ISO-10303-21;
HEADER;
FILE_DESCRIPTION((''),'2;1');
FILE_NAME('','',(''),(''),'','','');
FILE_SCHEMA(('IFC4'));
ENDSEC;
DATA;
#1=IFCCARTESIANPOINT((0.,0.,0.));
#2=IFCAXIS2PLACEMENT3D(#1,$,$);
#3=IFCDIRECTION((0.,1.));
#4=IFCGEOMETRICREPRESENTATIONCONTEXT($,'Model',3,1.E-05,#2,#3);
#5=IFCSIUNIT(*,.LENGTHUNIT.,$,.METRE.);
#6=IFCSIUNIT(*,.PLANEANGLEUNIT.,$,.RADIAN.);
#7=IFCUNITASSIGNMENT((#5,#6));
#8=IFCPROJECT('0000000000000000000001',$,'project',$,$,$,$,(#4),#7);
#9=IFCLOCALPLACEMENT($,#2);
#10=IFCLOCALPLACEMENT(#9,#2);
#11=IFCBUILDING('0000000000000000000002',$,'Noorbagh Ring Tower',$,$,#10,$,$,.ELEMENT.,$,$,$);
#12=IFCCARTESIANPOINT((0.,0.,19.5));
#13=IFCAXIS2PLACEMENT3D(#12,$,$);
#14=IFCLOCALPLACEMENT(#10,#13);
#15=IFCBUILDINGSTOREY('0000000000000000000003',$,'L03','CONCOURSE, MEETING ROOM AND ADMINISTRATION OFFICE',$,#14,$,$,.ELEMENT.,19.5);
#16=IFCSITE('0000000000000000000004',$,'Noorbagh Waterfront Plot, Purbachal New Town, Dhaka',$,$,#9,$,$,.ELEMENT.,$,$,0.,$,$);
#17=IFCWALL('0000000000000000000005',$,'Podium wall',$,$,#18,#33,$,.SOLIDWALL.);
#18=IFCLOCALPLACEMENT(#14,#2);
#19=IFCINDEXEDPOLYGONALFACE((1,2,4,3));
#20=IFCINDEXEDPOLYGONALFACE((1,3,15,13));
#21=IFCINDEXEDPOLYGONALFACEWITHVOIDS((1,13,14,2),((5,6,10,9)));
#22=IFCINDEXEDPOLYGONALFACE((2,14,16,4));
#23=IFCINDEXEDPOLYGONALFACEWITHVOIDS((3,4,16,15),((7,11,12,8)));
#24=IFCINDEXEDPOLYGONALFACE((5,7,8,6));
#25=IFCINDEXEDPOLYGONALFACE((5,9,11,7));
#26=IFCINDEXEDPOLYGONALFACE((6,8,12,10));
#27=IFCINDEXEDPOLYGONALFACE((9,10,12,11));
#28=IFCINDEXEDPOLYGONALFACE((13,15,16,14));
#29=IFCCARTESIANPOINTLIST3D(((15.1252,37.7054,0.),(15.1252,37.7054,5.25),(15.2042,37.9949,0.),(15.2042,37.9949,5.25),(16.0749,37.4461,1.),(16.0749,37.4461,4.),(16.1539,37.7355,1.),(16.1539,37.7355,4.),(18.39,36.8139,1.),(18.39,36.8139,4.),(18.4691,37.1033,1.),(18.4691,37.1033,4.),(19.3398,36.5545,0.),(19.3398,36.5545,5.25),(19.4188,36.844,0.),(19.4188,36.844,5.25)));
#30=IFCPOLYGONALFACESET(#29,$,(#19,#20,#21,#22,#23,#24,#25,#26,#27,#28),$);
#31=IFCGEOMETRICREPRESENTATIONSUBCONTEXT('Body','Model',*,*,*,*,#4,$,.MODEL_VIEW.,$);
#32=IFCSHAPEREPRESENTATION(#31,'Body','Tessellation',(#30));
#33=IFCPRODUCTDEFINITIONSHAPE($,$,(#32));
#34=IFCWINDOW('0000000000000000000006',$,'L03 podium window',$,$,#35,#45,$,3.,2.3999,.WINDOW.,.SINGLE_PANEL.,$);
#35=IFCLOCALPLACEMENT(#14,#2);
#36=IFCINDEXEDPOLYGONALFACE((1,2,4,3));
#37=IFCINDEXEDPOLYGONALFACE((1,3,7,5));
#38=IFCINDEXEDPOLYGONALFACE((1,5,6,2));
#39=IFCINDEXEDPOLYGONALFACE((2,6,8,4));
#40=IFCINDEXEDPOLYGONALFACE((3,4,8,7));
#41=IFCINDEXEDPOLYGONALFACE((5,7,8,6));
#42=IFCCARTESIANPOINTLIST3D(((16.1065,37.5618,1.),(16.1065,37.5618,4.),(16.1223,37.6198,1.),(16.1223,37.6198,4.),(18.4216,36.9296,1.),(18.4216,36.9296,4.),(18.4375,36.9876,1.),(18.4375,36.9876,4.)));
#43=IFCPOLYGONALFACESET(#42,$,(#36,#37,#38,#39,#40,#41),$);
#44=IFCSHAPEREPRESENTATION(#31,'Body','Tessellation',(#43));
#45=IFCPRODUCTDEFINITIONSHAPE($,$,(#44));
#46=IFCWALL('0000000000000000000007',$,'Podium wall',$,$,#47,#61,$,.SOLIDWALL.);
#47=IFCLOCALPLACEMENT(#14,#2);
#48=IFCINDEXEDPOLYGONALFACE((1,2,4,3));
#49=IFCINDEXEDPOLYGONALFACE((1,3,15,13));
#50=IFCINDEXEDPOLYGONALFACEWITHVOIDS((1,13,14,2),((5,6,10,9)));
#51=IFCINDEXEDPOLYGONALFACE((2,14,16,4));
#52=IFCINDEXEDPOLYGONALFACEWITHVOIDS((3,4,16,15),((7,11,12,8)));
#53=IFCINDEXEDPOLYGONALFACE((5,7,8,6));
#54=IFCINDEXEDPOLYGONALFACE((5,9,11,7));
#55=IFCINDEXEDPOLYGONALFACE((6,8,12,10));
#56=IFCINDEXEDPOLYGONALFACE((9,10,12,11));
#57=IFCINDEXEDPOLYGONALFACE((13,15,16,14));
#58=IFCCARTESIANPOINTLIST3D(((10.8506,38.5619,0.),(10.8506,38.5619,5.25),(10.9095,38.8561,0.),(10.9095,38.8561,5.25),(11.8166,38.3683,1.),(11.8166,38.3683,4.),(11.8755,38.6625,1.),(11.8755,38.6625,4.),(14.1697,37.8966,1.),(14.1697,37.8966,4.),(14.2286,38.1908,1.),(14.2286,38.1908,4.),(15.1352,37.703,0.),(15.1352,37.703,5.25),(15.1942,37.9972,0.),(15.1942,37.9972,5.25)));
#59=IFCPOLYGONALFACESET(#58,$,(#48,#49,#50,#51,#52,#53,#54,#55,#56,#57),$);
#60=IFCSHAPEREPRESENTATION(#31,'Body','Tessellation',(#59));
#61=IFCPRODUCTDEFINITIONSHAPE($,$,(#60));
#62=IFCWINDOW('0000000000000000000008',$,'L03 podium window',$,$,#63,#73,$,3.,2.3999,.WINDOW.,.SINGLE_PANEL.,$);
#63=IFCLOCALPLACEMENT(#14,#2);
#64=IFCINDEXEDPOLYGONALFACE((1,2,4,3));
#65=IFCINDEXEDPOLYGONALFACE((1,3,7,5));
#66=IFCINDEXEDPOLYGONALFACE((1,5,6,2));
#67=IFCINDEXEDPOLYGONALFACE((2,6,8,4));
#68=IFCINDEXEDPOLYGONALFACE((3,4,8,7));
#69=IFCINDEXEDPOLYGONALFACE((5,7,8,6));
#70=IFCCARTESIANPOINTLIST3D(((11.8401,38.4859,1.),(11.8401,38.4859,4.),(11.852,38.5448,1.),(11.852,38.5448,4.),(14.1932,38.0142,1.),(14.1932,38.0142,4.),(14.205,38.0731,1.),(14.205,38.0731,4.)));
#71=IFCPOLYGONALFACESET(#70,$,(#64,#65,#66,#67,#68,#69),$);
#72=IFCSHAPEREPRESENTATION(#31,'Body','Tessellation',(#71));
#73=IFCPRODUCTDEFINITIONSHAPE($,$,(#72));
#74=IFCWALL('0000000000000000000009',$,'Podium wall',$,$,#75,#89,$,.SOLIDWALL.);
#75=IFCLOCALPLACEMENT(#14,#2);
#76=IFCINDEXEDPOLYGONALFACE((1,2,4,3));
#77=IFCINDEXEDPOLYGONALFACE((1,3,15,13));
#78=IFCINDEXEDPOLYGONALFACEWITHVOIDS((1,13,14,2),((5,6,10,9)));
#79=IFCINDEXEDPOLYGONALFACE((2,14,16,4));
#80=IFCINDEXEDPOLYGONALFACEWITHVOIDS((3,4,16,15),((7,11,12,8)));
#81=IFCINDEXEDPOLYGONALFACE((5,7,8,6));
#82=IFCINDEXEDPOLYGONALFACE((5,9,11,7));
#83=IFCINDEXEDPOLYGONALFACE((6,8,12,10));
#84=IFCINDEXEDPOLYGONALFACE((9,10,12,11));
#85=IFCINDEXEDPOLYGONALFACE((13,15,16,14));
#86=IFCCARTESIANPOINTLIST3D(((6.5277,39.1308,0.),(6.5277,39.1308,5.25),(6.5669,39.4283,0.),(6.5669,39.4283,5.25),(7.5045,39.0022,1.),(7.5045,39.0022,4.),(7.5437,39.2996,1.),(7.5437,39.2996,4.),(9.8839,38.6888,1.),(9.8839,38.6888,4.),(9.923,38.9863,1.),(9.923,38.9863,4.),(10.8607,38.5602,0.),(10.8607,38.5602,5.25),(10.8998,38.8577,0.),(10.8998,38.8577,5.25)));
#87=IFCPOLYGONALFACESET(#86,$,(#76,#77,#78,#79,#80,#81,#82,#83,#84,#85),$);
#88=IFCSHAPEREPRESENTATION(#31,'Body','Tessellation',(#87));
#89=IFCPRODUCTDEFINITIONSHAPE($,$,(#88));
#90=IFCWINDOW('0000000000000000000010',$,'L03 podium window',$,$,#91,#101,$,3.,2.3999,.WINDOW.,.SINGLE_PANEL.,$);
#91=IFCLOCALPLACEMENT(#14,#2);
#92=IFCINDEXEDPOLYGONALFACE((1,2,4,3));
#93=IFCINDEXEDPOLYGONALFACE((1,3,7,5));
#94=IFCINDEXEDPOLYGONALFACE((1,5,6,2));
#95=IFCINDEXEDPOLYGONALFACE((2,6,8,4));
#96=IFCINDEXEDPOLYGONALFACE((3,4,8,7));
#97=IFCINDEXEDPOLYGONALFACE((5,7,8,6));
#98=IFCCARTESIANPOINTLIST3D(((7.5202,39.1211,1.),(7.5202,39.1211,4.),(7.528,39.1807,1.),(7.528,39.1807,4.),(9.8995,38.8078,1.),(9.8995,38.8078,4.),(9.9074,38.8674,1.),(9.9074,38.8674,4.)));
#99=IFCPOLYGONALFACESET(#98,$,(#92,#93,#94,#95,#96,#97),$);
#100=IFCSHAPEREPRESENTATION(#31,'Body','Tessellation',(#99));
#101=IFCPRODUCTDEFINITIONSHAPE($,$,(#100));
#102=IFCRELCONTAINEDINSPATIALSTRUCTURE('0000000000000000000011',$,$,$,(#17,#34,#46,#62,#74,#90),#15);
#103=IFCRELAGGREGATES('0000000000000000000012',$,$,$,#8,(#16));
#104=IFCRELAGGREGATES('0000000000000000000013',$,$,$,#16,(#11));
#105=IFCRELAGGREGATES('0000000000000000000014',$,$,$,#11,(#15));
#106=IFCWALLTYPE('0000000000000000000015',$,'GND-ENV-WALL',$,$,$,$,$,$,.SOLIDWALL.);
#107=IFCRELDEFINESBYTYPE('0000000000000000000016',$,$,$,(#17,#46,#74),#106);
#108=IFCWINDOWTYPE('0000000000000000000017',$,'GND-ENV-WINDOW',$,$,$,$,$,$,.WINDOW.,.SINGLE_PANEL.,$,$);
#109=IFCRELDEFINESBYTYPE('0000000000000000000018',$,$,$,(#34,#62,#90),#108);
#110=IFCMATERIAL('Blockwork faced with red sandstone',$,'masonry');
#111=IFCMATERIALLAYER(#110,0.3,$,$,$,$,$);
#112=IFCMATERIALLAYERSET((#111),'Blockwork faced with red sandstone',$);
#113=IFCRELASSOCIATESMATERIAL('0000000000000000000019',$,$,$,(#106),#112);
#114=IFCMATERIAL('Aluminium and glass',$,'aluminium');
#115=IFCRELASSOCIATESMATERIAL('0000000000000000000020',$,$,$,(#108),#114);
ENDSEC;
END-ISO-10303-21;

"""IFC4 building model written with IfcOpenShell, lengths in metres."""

from ifc_helpers import new_model, si_unit, direction, frame, frame_2d, origin, place, context, subcontext, project, spatial, rectangle, extrude, material, layer, layer_set, type_object, element, fill, save


model = new_model("IFC4")

# Units and contexts
model_context = context("Model", 3, precision=1e-05, world=origin(), true_north=direction((0.0, 1.0)))
body_context = subcontext(model_context, "Body", "Model", "MODEL_VIEW")
ifc_project = project(units=[si_unit("LENGTHUNIT", "METRE"), si_unit("PLANEANGLEUNIT", "RADIAN")], contexts=[model_context])

# Site, building, storey
site_placement = place(None, origin())
site = spatial("IfcSite", under=ifc_project, at=site_placement, Name="Noorbagh Waterfront Plot, Purbachal New Town, Dhaka", CompositionType="ELEMENT", RefElevation=0.0)
building_placement = place(site_placement, origin())
building = spatial("IfcBuilding", under=site, at=building_placement, Name="Noorbagh Ring Tower", CompositionType="ELEMENT")
storey_placement = place(building_placement, frame((0.0, 0.0, 19.5)))
storey = spatial("IfcBuildingStorey", under=building, at=storey_placement, Name="L03", Description="CONCOURSE, MEETING ROOM AND ADMINISTRATION OFFICE", CompositionType="ELEMENT", Elevation=19.5)

# Walls, openings, windows
ifc_material_1 = material(Name="Blockwork faced with red sandstone", Category="masonry")
ifc_layer = layer(ifc_material_1, 0.3)
ifc_layer_set = layer_set([ifc_layer], Name="Blockwork faced with red sandstone")
wall_type = type_object("IfcWallType", Name="GND-ENV-WALL", PredefinedType="SOLIDWALL", material=ifc_layer_set)
ifc_material_2 = material(Name="Aluminium and glass", Category="aluminium")
window_type = type_object("IfcWindowType", Name="GND-ENV-WINDOW", PartitioningType="SINGLE_PANEL", PredefinedType="WINDOW", material=ifc_material_2)
wall_1_placement = place(storey_placement, frame((19.3794, 36.6992, 0.0), z_axis=(0.0, 0.0, 1.0), x_axis=(-0.96468, 0.263425, 0.0)))
wall_1 = element("IfcWall", 1, at=wall_1_placement, inside=storey, type_object=wall_type, Name="Podium wall", PredefinedType="SOLIDWALL", context=body_context, shape_type="SweptSolid", body=[
    extrude(rectangle(XDim=4.3689, YDim=0.3, at=frame_2d((2.1846, 0.0))), origin(), (0.0, 0.0, 1.0), 5.25),
])
opening_1_placement = place(wall_1_placement, frame((0.9846, 0.0, 1.0)))
opening_1 = element("IfcOpeningElement", 2, at=opening_1_placement, cuts=wall_1, PredefinedType="OPENING", context=body_context, shape_type="SweptSolid", body=[
    extrude(rectangle(XDim=2.3999, YDim=3.0, at=frame_2d((1.2, 1.5))), frame((0.0, 0.1602, 0.0), z_axis=(0.0, -1.0, 0.0), x_axis=(1.0, 0.0, 0.0)), (0.0, 0.0, 1.0), 0.3201),
])
window_1_placement = place(opening_1_placement, origin())
window_1 = element("IfcWindow", 3, at=window_1_placement, inside=storey, type_object=window_type, Name="L03 podium window", OverallHeight=3.0, OverallWidth=2.3999, PartitioningType="SINGLE_PANEL", PredefinedType="WINDOW", context=body_context, shape_type="SweptSolid", body=[
    extrude(rectangle(XDim=2.3999, YDim=3.0, at=frame_2d((1.2, 1.5))), frame((0.0, 0.03, 0.0), z_axis=(0.0, -1.0, 0.0), x_axis=(1.0, 0.0, 0.0)), (0.0, 0.0, 1.0), 0.0601),
])
fill(opening_1, window_1)
wall_2_placement = place(storey_placement, frame((15.1648, 37.8501, 0.0), z_axis=(0.0, 0.0, 1.0), x_axis=(-0.980495, 0.196546, 0.0)))
wall_2 = element("IfcWall", 4, at=wall_2_placement, inside=storey, type_object=wall_type, Name="Podium wall", PredefinedType="SOLIDWALL", context=body_context, shape_type="SweptSolid", body=[
    extrude(rectangle(XDim=4.3699, YDim=0.3, at=frame_2d((2.1851, 0.0))), origin(), (0.0, 0.0, 1.0), 5.25),
])
opening_2_placement = place(wall_2_placement, frame((0.9849, 0.0, 1.0)))
opening_2 = element("IfcOpeningElement", 5, at=opening_2_placement, cuts=wall_2, PredefinedType="OPENING", context=body_context, shape_type="SweptSolid", body=[
    extrude(rectangle(XDim=2.3999, YDim=3.0, at=frame_2d((1.2, 1.5))), frame((0.0, 0.1602, 0.0), z_axis=(0.0, -1.0, 0.0), x_axis=(1.0, 0.0, 0.0)), (0.0, 0.0, 1.0), 0.3201),
])
window_2_placement = place(opening_2_placement, origin())
window_2 = element("IfcWindow", 6, at=window_2_placement, inside=storey, type_object=window_type, Name="L03 podium window", OverallHeight=3.0, OverallWidth=2.3999, PartitioningType="SINGLE_PANEL", PredefinedType="WINDOW", context=body_context, shape_type="SweptSolid", body=[
    extrude(rectangle(XDim=2.3999, YDim=3.0, at=frame_2d((1.2, 1.5))), frame((0.0, 0.03, 0.0), z_axis=(0.0, -1.0, 0.0), x_axis=(1.0, 0.0, 0.0)), (0.0, 0.0, 1.0), 0.0601),
])
fill(opening_2, window_2)
wall_3_placement = place(storey_placement, frame((10.8801, 38.709, 0.0), z_axis=(0.0, 0.0, 1.0), x_axis=(-0.991442, 0.13055, 0.0)))
wall_3 = element("IfcWall", 7, at=wall_3_placement, inside=storey, type_object=wall_type, Name="Podium wall", PredefinedType="SOLIDWALL", context=body_context, shape_type="SweptSolid", body=[
    extrude(rectangle(XDim=4.3704, YDim=0.3, at=frame_2d((2.1851, 0.0))), origin(), (0.0, 0.0, 1.0), 5.25),
])
opening_3_placement = place(wall_3_placement, frame((0.9851, 0.0, 1.0)))
opening_3 = element("IfcOpeningElement", 8, at=opening_3_placement, cuts=wall_3, PredefinedType="OPENING", context=body_context, shape_type="SweptSolid", body=[
    extrude(rectangle(XDim=2.3999, YDim=3.0, at=frame_2d((1.2, 1.5))), frame((0.0, 0.1602, 0.0), z_axis=(0.0, -1.0, 0.0), x_axis=(1.0, 0.0, 0.0)), (0.0, 0.0, 1.0), 0.3201),
])
window_3_placement = place(opening_3_placement, origin())
window_3 = element("IfcWindow", 9, at=window_3_placement, inside=storey, type_object=window_type, Name="L03 podium window", OverallHeight=3.0, OverallWidth=2.3999, PartitioningType="SINGLE_PANEL", PredefinedType="WINDOW", context=body_context, shape_type="SweptSolid", body=[
    extrude(rectangle(XDim=2.3999, YDim=3.0, at=frame_2d((1.2, 1.5))), frame((0.0, 0.03, 0.0), z_axis=(0.0, -1.0, 0.0), x_axis=(1.0, 0.0, 0.0)), (0.0, 0.0, 1.0), 0.0601),
])
fill(opening_3, window_3)

save(model, "model.ifc")
